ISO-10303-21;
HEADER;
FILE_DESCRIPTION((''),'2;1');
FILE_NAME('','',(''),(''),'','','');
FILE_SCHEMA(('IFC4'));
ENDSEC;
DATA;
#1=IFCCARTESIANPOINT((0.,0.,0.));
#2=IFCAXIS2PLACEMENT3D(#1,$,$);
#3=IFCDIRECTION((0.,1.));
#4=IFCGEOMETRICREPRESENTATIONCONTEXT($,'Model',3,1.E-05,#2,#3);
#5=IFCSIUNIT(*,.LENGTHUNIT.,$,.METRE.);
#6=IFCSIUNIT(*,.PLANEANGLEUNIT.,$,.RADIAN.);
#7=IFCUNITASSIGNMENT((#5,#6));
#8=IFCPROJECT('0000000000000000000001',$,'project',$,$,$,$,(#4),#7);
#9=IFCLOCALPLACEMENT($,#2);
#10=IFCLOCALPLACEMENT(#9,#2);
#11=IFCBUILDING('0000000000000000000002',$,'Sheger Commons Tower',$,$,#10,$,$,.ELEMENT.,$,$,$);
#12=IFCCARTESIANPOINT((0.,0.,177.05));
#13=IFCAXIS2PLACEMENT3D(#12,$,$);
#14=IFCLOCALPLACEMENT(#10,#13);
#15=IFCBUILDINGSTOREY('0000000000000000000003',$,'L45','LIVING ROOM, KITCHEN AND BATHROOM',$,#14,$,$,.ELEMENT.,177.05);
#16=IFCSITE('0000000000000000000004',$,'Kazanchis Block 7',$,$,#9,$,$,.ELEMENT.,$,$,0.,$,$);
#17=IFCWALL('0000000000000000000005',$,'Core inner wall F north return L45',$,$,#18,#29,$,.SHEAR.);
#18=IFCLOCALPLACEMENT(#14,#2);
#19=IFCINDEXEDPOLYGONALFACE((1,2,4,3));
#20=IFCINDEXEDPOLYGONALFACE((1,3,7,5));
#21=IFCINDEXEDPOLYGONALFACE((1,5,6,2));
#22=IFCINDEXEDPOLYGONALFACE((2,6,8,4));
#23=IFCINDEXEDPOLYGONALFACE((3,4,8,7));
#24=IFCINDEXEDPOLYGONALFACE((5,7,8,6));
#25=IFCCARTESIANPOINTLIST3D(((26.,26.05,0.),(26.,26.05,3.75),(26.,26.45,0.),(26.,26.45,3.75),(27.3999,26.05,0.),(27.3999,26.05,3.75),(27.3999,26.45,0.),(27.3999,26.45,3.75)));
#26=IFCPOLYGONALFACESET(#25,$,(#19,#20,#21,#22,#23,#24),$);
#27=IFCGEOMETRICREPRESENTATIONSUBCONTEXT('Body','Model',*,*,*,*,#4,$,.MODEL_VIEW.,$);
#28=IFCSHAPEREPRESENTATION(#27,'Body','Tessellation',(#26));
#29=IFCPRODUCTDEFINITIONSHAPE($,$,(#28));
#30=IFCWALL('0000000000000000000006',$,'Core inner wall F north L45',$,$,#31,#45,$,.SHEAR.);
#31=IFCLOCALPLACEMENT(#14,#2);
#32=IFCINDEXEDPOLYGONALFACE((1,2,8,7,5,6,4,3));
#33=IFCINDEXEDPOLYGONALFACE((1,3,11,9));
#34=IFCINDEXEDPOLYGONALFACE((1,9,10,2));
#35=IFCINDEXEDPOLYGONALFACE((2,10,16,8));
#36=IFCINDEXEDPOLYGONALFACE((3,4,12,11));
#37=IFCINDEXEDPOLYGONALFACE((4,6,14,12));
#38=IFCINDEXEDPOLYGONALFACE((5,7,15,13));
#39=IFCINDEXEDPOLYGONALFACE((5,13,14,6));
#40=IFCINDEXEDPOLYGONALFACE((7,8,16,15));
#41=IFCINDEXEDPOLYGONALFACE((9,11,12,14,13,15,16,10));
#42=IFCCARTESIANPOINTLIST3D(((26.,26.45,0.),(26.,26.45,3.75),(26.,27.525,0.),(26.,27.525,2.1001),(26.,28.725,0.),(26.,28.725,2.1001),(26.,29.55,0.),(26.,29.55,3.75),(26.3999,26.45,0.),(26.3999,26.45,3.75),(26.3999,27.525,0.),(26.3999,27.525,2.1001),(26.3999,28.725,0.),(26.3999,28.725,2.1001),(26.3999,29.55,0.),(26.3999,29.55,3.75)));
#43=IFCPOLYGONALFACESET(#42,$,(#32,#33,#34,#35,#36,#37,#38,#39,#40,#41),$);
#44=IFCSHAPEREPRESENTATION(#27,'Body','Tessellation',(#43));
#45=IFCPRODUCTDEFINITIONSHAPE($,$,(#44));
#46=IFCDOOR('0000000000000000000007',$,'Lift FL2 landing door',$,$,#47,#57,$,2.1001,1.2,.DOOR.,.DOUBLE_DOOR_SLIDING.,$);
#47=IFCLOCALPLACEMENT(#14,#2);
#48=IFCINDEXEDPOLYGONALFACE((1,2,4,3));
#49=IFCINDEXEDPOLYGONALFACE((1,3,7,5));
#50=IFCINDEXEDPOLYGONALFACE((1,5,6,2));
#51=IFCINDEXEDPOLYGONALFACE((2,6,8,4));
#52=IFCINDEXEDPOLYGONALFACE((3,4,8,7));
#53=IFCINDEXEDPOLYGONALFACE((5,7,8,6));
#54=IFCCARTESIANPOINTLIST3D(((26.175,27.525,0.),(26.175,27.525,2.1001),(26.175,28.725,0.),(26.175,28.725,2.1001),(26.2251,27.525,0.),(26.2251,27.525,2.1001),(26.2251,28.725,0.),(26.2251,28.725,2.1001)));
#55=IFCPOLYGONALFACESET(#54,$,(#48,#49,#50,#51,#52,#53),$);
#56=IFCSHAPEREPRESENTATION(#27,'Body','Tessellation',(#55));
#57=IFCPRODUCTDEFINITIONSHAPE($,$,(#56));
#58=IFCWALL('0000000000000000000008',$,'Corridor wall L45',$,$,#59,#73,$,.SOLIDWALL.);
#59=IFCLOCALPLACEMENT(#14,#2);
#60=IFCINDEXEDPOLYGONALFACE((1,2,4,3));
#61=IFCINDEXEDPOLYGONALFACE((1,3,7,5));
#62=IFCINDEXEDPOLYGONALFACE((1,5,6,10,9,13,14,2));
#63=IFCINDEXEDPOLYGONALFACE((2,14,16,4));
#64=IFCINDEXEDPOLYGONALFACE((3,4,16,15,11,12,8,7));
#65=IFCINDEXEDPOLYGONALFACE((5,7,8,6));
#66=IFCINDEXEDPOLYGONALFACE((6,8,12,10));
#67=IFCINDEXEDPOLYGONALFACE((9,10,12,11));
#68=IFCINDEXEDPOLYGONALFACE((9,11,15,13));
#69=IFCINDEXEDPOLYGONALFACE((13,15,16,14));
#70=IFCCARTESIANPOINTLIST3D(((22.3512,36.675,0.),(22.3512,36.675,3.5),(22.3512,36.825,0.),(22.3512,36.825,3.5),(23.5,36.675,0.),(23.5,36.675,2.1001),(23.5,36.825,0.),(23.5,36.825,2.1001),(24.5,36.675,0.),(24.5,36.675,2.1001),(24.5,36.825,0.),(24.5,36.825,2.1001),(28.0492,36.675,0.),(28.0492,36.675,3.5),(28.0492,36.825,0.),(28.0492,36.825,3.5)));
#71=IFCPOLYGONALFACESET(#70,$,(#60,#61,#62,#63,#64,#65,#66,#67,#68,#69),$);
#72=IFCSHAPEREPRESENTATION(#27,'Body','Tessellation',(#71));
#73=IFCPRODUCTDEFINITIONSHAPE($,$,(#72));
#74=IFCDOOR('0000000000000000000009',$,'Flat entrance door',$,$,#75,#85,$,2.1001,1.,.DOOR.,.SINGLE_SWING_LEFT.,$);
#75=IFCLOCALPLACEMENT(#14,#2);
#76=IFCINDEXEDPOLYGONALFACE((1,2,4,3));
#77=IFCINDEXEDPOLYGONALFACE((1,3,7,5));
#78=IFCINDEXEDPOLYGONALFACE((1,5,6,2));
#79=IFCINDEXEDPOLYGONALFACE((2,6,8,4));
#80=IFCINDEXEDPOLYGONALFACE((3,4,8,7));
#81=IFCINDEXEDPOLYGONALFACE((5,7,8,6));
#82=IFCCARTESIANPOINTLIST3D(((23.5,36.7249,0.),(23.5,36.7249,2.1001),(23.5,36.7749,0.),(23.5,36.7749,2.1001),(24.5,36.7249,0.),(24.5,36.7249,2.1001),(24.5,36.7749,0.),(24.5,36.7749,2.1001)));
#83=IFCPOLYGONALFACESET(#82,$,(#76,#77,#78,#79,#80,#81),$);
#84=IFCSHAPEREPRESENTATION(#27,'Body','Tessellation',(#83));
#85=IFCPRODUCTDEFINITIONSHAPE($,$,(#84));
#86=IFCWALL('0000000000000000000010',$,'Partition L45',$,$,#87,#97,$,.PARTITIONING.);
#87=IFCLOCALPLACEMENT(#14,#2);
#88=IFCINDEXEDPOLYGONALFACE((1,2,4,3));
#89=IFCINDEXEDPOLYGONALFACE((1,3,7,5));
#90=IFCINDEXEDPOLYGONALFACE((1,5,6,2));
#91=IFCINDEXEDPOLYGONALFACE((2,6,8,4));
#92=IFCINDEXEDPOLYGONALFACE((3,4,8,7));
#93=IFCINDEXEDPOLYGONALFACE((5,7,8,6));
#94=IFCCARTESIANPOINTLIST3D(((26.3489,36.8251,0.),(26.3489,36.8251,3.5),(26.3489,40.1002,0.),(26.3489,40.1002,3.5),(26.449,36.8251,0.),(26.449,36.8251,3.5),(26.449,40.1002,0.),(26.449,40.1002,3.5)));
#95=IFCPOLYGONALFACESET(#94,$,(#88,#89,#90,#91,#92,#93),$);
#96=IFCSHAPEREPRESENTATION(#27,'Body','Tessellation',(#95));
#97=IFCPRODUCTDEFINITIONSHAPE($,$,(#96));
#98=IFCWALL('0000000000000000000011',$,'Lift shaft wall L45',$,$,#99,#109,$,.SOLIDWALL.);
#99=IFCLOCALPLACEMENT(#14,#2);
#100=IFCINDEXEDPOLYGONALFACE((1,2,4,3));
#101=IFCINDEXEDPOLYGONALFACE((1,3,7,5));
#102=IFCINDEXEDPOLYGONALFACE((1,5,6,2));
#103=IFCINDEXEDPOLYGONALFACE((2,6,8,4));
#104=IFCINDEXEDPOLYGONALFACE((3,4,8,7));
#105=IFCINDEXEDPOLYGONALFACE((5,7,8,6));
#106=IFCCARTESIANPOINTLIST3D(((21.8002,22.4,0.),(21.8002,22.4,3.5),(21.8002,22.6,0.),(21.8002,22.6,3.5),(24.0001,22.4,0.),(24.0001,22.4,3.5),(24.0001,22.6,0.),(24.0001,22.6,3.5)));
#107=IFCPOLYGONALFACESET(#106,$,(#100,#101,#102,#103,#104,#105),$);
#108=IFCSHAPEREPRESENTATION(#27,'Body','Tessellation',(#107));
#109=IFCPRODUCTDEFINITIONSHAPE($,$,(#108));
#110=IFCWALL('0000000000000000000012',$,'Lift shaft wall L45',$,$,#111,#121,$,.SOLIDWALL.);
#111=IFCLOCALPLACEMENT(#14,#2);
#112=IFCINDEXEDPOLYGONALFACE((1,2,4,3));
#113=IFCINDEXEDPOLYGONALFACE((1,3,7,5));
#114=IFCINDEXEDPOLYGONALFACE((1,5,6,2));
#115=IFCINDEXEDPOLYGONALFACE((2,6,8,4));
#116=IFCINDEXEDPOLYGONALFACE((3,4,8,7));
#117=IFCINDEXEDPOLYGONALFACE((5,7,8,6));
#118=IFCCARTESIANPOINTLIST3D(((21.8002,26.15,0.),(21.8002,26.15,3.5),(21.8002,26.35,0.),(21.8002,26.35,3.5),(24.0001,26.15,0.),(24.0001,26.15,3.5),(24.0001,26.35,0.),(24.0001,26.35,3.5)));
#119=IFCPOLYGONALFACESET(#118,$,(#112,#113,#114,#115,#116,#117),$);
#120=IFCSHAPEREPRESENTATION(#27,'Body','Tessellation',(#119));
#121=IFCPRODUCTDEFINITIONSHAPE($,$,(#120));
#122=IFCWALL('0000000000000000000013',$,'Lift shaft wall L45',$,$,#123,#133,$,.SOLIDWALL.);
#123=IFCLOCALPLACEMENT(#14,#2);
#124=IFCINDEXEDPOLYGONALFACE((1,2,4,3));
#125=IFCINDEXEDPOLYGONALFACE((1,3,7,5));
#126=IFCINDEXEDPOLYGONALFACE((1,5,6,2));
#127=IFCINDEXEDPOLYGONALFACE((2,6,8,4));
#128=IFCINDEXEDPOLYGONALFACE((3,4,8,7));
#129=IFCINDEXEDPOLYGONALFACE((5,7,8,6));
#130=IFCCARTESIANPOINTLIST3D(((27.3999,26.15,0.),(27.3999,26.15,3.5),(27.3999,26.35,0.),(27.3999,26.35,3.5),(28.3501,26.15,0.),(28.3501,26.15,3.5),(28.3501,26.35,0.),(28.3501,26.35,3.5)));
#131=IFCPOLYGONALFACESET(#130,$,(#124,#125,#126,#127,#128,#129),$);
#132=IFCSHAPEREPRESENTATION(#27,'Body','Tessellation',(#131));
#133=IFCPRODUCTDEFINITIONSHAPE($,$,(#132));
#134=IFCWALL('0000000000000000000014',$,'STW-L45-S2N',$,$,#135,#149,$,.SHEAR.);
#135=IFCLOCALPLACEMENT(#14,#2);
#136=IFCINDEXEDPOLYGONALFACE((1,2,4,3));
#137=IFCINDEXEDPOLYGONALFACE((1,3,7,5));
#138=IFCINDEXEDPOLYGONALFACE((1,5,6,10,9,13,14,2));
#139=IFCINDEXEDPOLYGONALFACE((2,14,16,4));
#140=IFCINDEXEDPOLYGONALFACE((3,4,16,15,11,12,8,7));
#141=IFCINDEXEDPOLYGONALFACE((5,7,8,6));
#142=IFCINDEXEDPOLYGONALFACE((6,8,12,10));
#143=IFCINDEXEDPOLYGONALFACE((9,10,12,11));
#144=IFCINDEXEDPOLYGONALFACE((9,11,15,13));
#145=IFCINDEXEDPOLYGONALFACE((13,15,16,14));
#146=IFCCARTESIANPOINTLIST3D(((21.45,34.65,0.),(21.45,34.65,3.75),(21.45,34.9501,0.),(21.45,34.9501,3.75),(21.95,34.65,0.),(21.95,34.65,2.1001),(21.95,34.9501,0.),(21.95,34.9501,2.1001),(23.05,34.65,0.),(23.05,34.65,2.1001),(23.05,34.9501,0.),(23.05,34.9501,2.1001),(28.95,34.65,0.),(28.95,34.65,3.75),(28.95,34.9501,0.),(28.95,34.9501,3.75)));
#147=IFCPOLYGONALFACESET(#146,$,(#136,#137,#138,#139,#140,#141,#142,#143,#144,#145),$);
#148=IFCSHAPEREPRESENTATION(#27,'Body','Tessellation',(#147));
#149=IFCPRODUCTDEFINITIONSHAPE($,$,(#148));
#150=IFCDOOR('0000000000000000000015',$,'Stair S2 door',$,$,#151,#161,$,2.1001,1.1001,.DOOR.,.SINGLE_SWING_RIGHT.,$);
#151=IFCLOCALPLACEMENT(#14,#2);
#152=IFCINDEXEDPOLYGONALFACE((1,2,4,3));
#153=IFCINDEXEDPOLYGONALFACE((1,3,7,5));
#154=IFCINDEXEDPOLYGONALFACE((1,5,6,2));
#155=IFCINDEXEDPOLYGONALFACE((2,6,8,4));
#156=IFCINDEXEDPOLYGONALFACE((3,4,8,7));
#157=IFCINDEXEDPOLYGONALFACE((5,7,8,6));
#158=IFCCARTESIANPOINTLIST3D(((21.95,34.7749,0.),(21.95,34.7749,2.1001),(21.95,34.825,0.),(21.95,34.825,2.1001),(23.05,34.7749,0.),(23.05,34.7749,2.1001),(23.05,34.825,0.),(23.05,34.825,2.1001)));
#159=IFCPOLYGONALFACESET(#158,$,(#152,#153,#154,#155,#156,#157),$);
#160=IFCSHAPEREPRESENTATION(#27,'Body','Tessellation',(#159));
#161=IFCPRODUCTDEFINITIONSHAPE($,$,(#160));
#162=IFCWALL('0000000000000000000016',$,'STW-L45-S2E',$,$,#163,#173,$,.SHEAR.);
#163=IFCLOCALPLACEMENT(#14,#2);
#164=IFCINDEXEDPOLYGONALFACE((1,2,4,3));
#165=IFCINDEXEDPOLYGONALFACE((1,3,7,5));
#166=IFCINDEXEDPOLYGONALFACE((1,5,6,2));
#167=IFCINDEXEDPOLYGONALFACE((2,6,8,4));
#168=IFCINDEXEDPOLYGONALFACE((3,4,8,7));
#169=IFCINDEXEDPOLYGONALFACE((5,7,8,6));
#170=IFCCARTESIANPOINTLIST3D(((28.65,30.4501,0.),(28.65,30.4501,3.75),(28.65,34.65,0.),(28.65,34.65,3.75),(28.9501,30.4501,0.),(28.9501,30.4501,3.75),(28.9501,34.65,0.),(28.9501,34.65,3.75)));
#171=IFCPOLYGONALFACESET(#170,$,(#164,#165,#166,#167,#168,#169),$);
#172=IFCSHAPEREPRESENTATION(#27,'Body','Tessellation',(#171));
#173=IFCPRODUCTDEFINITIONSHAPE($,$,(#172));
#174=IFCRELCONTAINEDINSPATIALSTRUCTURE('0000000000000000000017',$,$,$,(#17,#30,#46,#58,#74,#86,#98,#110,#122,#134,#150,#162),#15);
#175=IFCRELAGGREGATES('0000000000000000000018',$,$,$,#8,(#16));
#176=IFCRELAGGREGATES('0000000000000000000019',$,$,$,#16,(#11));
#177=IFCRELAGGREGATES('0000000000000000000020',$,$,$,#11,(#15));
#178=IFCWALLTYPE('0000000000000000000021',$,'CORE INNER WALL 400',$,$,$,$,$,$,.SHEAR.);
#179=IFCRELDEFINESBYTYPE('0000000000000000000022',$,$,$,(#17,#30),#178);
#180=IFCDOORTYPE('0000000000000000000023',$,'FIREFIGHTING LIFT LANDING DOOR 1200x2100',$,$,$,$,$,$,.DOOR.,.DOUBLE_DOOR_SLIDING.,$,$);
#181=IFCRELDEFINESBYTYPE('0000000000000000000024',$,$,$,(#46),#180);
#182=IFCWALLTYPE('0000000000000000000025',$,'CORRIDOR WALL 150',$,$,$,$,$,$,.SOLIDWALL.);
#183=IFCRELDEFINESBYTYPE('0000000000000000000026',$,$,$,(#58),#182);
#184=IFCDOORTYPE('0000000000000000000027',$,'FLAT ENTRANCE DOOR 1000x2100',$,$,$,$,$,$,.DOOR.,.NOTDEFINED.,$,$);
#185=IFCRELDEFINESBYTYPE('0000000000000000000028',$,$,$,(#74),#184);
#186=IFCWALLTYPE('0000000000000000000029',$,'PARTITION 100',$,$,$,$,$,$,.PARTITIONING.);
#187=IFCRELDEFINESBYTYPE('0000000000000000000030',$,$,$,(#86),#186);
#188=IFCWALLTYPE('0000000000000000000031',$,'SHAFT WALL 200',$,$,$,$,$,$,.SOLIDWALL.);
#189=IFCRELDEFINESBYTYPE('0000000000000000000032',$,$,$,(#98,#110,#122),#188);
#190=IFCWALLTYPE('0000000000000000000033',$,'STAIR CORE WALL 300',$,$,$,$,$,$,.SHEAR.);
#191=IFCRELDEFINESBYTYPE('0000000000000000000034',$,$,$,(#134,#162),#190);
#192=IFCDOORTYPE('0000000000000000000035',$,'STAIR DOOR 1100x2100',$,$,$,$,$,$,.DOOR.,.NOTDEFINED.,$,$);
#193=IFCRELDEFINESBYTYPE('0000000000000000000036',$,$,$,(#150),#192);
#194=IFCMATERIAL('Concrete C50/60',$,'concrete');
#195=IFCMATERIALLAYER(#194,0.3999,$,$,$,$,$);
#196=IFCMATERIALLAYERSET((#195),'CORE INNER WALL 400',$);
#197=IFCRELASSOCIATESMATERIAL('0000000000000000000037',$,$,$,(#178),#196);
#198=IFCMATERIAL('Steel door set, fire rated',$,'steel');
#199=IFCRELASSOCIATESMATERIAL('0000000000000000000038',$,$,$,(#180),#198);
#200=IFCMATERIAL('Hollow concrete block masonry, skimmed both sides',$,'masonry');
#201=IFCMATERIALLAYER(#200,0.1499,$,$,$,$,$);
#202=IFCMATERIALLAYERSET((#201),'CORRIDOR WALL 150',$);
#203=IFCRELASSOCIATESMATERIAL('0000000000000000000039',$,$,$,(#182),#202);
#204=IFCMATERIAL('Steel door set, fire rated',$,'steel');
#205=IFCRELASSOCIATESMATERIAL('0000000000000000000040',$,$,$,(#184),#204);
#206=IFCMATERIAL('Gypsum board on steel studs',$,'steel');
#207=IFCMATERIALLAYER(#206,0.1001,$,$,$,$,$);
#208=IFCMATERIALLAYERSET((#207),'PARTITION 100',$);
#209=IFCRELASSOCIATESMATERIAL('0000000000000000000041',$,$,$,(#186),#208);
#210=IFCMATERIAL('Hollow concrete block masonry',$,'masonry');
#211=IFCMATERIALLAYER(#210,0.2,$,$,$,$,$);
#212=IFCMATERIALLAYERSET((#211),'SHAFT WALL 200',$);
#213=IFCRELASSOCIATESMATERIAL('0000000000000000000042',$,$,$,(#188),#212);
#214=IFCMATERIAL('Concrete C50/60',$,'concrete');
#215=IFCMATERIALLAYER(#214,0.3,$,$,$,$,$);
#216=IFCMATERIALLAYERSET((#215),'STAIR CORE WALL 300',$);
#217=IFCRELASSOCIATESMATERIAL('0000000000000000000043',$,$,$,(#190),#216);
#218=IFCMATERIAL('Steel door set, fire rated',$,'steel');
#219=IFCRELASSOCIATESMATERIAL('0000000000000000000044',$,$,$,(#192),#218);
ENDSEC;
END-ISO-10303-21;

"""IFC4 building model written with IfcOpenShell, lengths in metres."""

from ifc_helpers import new_model, si_unit, direction, frame, frame_2d, origin, place, context, subcontext, project, spatial, rectangle, extrude, material, layer, layer_set, type_object, element, fill, save


model = new_model("IFC4")

# Units and contexts
model_context = context("Model", 3, precision=1e-05, world=origin(), true_north=direction((0.0, 1.0)))
body_context = subcontext(model_context, "Body", "Model", "MODEL_VIEW")
ifc_project = project(units=[si_unit("LENGTHUNIT", "METRE"), si_unit("PLANEANGLEUNIT", "RADIAN")], contexts=[model_context])

# Site, building, storey
site_placement = place(None, origin())
site = spatial("IfcSite", under=ifc_project, at=site_placement, Name="Kazanchis Block 7", CompositionType="ELEMENT", RefElevation=0.0)
building_placement = place(site_placement, origin())
building = spatial("IfcBuilding", under=site, at=building_placement, Name="Sheger Commons Tower", CompositionType="ELEMENT")
storey_placement = place(building_placement, frame((0.0, 0.0, 177.05)))
storey = spatial("IfcBuildingStorey", under=building, at=storey_placement, Name="L45", Description="LIVING ROOM, KITCHEN AND BATHROOM", CompositionType="ELEMENT", Elevation=177.05)

# Wall
ifc_material_1 = material(Name="Concrete C50/60", Category="concrete")
ifc_layer_1 = layer(ifc_material_1, 0.3999)
ifc_layer_set_1 = layer_set([ifc_layer_1], Name="CORE INNER WALL 400")
wall_type_1 = type_object("IfcWallType", Name="CORE INNER WALL 400", PredefinedType="SHEAR", material=ifc_layer_set_1)
wall_1_placement = place(storey_placement, frame((26.0, 26.25, 0.0), z_axis=(0.0, 0.0, 1.0), x_axis=(1.0, 0.0, 0.0)))
element("IfcWall", 1, at=wall_1_placement, inside=storey, type_object=wall_type_1, Name="Core inner wall F north return L45", PredefinedType="SHEAR", context=body_context, shape_type="SweptSolid", body=[
    extrude(rectangle(XDim=1.3999, YDim=0.3999, at=frame_2d((0.7, 0.0))), origin(), (0.0, 0.0, 1.0), 3.75),
])

# Walls, openings, doors
wall_2_placement = place(storey_placement, frame((26.2, 26.45, 0.0), z_axis=(0.0, 0.0, 1.0), x_axis=(0.0, 1.0, 0.0)))
wall_2 = element("IfcWall", 2, at=wall_2_placement, inside=storey, type_object=wall_type_1, Name="Core inner wall F north L45", PredefinedType="SHEAR", context=body_context, shape_type="SweptSolid", body=[
    extrude(rectangle(XDim=3.1001, YDim=0.3999, at=frame_2d((1.55, 0.0))), origin(), (0.0, 0.0, 1.0), 3.75),
])
opening_1_placement = place(wall_2_placement, frame((1.075, 0.0, 0.0)))
opening_1 = element("IfcOpeningElement", 3, at=opening_1_placement, cuts=wall_2, PredefinedType="OPENING", context=body_context, shape_type="SweptSolid", body=[
    extrude(rectangle(XDim=1.2, YDim=2.1001, at=frame_2d((0.6001, 1.05))), frame((0.0, 0.21, 0.0), z_axis=(0.0, -1.0, 0.0), x_axis=(1.0, 0.0, 0.0)), (0.0, 0.0, 1.0), 0.4199),
])
ifc_material_2 = material(Name="Steel door set, fire rated", Category="steel")
door_type_1 = type_object("IfcDoorType", Name="FIREFIGHTING LIFT LANDING DOOR 1200x2100", OperationType="DOUBLE_DOOR_SLIDING", PredefinedType="DOOR", material=ifc_material_2)
door_1_placement = place(opening_1_placement, origin())
door_1 = element("IfcDoor", 4, at=door_1_placement, inside=storey, type_object=door_type_1, Name="Lift FL2 landing door", OperationType="DOUBLE_DOOR_SLIDING", OverallHeight=2.1001, OverallWidth=1.2, PredefinedType="DOOR", context=body_context, shape_type="SweptSolid", body=[
    extrude(rectangle(XDim=1.2, YDim=2.1001, at=frame_2d((0.6001, 1.05))), frame((0.0, 0.0249, 0.0), z_axis=(0.0, -1.0, 0.0), x_axis=(1.0, 0.0, 0.0)), (0.0, 0.0, 1.0), 0.05),
])
fill(opening_1, door_1)
ifc_material_3 = material(Name="Hollow concrete block masonry, skimmed both sides", Category="masonry")
ifc_layer_2 = layer(ifc_material_3, 0.1499)
ifc_layer_set_2 = layer_set([ifc_layer_2], Name="CORRIDOR WALL 150")
wall_type_2 = type_object("IfcWallType", Name="CORRIDOR WALL 150", PredefinedType="SOLIDWALL", material=ifc_layer_set_2)
wall_3_placement = place(storey_placement, frame((22.3511, 36.75, 0.0), z_axis=(0.0, 0.0, 1.0), x_axis=(1.0, 0.0, 0.0)))
wall_3 = element("IfcWall", 5, at=wall_3_placement, inside=storey, type_object=wall_type_2, Name="Corridor wall L45", PredefinedType="SOLIDWALL", context=body_context, shape_type="SweptSolid", body=[
    extrude(rectangle(XDim=5.698, YDim=0.1499, at=frame_2d((2.8491, 0.0))), origin(), (0.0, 0.0, 1.0), 3.5),
])
opening_2_placement = place(wall_3_placement, frame((1.1489, 0.0, 0.0)))
opening_2 = element("IfcOpeningElement", 6, at=opening_2_placement, cuts=wall_3, PredefinedType="OPENING", context=body_context, shape_type="SweptSolid", body=[
    extrude(rectangle(XDim=1.0, YDim=2.1001, at=frame_2d((0.5, 1.05))), frame((0.0, 0.085, 0.0), z_axis=(0.0, -1.0, 0.0), x_axis=(1.0, 0.0, 0.0)), (0.0, 0.0, 1.0), 0.1699),
])
ifc_material_4 = material(Name="Steel door set, fire rated", Category="steel")
door_type_2 = type_object("IfcDoorType", Name="FLAT ENTRANCE DOOR 1000x2100", OperationType="NOTDEFINED", PredefinedType="DOOR", material=ifc_material_4)
door_2_placement = place(opening_2_placement, origin())
door_2 = element("IfcDoor", 7, at=door_2_placement, inside=storey, type_object=door_type_2, Name="Flat entrance door", OperationType="SINGLE_SWING_LEFT", OverallHeight=2.1001, OverallWidth=1.0, PredefinedType="DOOR", context=body_context, shape_type="SweptSolid", body=[
    extrude(rectangle(XDim=1.0, YDim=2.1001, at=frame_2d((0.5, 1.05))), frame((0.0, 0.0249, 0.0), z_axis=(0.0, -1.0, 0.0), x_axis=(1.0, 0.0, 0.0)), (0.0, 0.0, 1.0), 0.05),
])
fill(opening_2, door_2)

# Walls
ifc_material_5 = material(Name="Gypsum board on steel studs", Category="steel")
ifc_layer_3 = layer(ifc_material_5, 0.1001)
ifc_layer_set_3 = layer_set([ifc_layer_3], Name="PARTITION 100")
wall_type_3 = type_object("IfcWallType", Name="PARTITION 100", PredefinedType="PARTITIONING", material=ifc_layer_set_3)
wall_4_placement = place(storey_placement, frame((26.3989, 36.825, 0.0), z_axis=(0.0, 0.0, 1.0), x_axis=(0.0, 1.0, 0.0)))
element("IfcWall", 8, at=wall_4_placement, inside=storey, type_object=wall_type_3, Name="Partition L45", PredefinedType="PARTITIONING", context=body_context, shape_type="SweptSolid", body=[
    extrude(rectangle(XDim=3.2751, YDim=0.1001, at=frame_2d((1.6377, 0.0))), origin(), (0.0, 0.0, 1.0), 3.5),
])
ifc_material_6 = material(Name="Hollow concrete block masonry", Category="masonry")
ifc_layer_4 = layer(ifc_material_6, 0.2)
ifc_layer_set_4 = layer_set([ifc_layer_4], Name="SHAFT WALL 200")
wall_type_4 = type_object("IfcWallType", Name="SHAFT WALL 200", PredefinedType="SOLIDWALL", material=ifc_layer_set_4)
for number, where, z_axis, x_axis, name in (
    (9, (21.8, 22.5, 0.0), (0.0, 0.0, 1.0), (1.0, 0.0, 0.0), "Lift shaft wall L45"),
    (10, (21.8, 26.25, 0.0), (0.0, 0.0, 1.0), (1.0, 0.0, 0.0), "Lift shaft wall L45"),
):
    element("IfcWall", number, at=place(storey_placement, frame(where, z_axis=z_axis, x_axis=x_axis)), inside=storey, type_object=wall_type_4, Name=name, PredefinedType="SOLIDWALL", context=body_context, shape_type="SweptSolid", body=[
        extrude(rectangle(XDim=2.2, YDim=0.2, at=frame_2d((1.1001, 0.0))), origin(), (0.0, 0.0, 1.0), 3.5),
    ])
wall_5_placement = place(storey_placement, frame((27.3999, 26.25, 0.0), z_axis=(0.0, 0.0, 1.0), x_axis=(1.0, 0.0, 0.0)))
element("IfcWall", 11, at=wall_5_placement, inside=storey, type_object=wall_type_4, Name="Lift shaft wall L45", PredefinedType="SOLIDWALL", context=body_context, shape_type="SweptSolid", body=[
    extrude(rectangle(XDim=0.9502, YDim=0.2, at=frame_2d((0.4751, 0.0))), origin(), (0.0, 0.0, 1.0), 3.5),
])

# Wall, opening, door
ifc_material_7 = material(Name="Concrete C50/60", Category="concrete")
ifc_layer_5 = layer(ifc_material_7, 0.3)
ifc_layer_set_5 = layer_set([ifc_layer_5], Name="STAIR CORE WALL 300")
wall_type_5 = type_object("IfcWallType", Name="STAIR CORE WALL 300", PredefinedType="SHEAR", material=ifc_layer_set_5)
wall_6_placement = place(storey_placement, frame((21.45, 34.8, 0.0), z_axis=(0.0, 0.0, 1.0), x_axis=(1.0, 0.0, 0.0)))
wall_6 = element("IfcWall", 12, at=wall_6_placement, inside=storey, type_object=wall_type_5, Name="STW-L45-S2N", PredefinedType="SHEAR", context=body_context, shape_type="SweptSolid", body=[
    extrude(rectangle(XDim=7.5, YDim=0.3, at=frame_2d((3.75, 0.0))), origin(), (0.0, 0.0, 1.0), 3.75),
])
opening_3_placement = place(wall_6_placement, frame((0.5, 0.0, 0.0)))
opening_3 = element("IfcOpeningElement", 13, at=opening_3_placement, cuts=wall_6, PredefinedType="OPENING", context=body_context, shape_type="SweptSolid", body=[
    extrude(rectangle(XDim=1.1001, YDim=2.1001, at=frame_2d((0.55, 1.05))), frame((0.0, 0.1599, 0.0), z_axis=(0.0, -1.0, 0.0), x_axis=(1.0, 0.0, 0.0)), (0.0, 0.0, 1.0), 0.3201),
])
ifc_material_8 = material(Name="Steel door set, fire rated", Category="steel")
door_type_3 = type_object("IfcDoorType", Name="STAIR DOOR 1100x2100", OperationType="NOTDEFINED", PredefinedType="DOOR", material=ifc_material_8)
door_3_placement = place(opening_3_placement, origin())
door_3 = element("IfcDoor", 14, at=door_3_placement, inside=storey, type_object=door_type_3, Name="Stair S2 door", OperationType="SINGLE_SWING_RIGHT", OverallHeight=2.1001, OverallWidth=1.1001, PredefinedType="DOOR", context=body_context, shape_type="SweptSolid", body=[
    extrude(rectangle(XDim=1.1001, YDim=2.1001, at=frame_2d((0.55, 1.05))), frame((0.0, 0.0249, 0.0), z_axis=(0.0, -1.0, 0.0), x_axis=(1.0, 0.0, 0.0)), (0.0, 0.0, 1.0), 0.05),
])
fill(opening_3, door_3)

# Wall
wall_7_placement = place(storey_placement, frame((28.8, 30.45, 0.0), z_axis=(0.0, 0.0, 1.0), x_axis=(0.0, 1.0, 0.0)))
element("IfcWall", 15, at=wall_7_placement, inside=storey, type_object=wall_type_5, Name="STW-L45-S2E", PredefinedType="SHEAR", context=body_context, shape_type="SweptSolid", body=[
    extrude(rectangle(XDim=4.2, YDim=0.3, at=frame_2d((2.1001, 0.0))), origin(), (0.0, 0.0, 1.0), 3.75),
])

save(model, "model.ifc")
